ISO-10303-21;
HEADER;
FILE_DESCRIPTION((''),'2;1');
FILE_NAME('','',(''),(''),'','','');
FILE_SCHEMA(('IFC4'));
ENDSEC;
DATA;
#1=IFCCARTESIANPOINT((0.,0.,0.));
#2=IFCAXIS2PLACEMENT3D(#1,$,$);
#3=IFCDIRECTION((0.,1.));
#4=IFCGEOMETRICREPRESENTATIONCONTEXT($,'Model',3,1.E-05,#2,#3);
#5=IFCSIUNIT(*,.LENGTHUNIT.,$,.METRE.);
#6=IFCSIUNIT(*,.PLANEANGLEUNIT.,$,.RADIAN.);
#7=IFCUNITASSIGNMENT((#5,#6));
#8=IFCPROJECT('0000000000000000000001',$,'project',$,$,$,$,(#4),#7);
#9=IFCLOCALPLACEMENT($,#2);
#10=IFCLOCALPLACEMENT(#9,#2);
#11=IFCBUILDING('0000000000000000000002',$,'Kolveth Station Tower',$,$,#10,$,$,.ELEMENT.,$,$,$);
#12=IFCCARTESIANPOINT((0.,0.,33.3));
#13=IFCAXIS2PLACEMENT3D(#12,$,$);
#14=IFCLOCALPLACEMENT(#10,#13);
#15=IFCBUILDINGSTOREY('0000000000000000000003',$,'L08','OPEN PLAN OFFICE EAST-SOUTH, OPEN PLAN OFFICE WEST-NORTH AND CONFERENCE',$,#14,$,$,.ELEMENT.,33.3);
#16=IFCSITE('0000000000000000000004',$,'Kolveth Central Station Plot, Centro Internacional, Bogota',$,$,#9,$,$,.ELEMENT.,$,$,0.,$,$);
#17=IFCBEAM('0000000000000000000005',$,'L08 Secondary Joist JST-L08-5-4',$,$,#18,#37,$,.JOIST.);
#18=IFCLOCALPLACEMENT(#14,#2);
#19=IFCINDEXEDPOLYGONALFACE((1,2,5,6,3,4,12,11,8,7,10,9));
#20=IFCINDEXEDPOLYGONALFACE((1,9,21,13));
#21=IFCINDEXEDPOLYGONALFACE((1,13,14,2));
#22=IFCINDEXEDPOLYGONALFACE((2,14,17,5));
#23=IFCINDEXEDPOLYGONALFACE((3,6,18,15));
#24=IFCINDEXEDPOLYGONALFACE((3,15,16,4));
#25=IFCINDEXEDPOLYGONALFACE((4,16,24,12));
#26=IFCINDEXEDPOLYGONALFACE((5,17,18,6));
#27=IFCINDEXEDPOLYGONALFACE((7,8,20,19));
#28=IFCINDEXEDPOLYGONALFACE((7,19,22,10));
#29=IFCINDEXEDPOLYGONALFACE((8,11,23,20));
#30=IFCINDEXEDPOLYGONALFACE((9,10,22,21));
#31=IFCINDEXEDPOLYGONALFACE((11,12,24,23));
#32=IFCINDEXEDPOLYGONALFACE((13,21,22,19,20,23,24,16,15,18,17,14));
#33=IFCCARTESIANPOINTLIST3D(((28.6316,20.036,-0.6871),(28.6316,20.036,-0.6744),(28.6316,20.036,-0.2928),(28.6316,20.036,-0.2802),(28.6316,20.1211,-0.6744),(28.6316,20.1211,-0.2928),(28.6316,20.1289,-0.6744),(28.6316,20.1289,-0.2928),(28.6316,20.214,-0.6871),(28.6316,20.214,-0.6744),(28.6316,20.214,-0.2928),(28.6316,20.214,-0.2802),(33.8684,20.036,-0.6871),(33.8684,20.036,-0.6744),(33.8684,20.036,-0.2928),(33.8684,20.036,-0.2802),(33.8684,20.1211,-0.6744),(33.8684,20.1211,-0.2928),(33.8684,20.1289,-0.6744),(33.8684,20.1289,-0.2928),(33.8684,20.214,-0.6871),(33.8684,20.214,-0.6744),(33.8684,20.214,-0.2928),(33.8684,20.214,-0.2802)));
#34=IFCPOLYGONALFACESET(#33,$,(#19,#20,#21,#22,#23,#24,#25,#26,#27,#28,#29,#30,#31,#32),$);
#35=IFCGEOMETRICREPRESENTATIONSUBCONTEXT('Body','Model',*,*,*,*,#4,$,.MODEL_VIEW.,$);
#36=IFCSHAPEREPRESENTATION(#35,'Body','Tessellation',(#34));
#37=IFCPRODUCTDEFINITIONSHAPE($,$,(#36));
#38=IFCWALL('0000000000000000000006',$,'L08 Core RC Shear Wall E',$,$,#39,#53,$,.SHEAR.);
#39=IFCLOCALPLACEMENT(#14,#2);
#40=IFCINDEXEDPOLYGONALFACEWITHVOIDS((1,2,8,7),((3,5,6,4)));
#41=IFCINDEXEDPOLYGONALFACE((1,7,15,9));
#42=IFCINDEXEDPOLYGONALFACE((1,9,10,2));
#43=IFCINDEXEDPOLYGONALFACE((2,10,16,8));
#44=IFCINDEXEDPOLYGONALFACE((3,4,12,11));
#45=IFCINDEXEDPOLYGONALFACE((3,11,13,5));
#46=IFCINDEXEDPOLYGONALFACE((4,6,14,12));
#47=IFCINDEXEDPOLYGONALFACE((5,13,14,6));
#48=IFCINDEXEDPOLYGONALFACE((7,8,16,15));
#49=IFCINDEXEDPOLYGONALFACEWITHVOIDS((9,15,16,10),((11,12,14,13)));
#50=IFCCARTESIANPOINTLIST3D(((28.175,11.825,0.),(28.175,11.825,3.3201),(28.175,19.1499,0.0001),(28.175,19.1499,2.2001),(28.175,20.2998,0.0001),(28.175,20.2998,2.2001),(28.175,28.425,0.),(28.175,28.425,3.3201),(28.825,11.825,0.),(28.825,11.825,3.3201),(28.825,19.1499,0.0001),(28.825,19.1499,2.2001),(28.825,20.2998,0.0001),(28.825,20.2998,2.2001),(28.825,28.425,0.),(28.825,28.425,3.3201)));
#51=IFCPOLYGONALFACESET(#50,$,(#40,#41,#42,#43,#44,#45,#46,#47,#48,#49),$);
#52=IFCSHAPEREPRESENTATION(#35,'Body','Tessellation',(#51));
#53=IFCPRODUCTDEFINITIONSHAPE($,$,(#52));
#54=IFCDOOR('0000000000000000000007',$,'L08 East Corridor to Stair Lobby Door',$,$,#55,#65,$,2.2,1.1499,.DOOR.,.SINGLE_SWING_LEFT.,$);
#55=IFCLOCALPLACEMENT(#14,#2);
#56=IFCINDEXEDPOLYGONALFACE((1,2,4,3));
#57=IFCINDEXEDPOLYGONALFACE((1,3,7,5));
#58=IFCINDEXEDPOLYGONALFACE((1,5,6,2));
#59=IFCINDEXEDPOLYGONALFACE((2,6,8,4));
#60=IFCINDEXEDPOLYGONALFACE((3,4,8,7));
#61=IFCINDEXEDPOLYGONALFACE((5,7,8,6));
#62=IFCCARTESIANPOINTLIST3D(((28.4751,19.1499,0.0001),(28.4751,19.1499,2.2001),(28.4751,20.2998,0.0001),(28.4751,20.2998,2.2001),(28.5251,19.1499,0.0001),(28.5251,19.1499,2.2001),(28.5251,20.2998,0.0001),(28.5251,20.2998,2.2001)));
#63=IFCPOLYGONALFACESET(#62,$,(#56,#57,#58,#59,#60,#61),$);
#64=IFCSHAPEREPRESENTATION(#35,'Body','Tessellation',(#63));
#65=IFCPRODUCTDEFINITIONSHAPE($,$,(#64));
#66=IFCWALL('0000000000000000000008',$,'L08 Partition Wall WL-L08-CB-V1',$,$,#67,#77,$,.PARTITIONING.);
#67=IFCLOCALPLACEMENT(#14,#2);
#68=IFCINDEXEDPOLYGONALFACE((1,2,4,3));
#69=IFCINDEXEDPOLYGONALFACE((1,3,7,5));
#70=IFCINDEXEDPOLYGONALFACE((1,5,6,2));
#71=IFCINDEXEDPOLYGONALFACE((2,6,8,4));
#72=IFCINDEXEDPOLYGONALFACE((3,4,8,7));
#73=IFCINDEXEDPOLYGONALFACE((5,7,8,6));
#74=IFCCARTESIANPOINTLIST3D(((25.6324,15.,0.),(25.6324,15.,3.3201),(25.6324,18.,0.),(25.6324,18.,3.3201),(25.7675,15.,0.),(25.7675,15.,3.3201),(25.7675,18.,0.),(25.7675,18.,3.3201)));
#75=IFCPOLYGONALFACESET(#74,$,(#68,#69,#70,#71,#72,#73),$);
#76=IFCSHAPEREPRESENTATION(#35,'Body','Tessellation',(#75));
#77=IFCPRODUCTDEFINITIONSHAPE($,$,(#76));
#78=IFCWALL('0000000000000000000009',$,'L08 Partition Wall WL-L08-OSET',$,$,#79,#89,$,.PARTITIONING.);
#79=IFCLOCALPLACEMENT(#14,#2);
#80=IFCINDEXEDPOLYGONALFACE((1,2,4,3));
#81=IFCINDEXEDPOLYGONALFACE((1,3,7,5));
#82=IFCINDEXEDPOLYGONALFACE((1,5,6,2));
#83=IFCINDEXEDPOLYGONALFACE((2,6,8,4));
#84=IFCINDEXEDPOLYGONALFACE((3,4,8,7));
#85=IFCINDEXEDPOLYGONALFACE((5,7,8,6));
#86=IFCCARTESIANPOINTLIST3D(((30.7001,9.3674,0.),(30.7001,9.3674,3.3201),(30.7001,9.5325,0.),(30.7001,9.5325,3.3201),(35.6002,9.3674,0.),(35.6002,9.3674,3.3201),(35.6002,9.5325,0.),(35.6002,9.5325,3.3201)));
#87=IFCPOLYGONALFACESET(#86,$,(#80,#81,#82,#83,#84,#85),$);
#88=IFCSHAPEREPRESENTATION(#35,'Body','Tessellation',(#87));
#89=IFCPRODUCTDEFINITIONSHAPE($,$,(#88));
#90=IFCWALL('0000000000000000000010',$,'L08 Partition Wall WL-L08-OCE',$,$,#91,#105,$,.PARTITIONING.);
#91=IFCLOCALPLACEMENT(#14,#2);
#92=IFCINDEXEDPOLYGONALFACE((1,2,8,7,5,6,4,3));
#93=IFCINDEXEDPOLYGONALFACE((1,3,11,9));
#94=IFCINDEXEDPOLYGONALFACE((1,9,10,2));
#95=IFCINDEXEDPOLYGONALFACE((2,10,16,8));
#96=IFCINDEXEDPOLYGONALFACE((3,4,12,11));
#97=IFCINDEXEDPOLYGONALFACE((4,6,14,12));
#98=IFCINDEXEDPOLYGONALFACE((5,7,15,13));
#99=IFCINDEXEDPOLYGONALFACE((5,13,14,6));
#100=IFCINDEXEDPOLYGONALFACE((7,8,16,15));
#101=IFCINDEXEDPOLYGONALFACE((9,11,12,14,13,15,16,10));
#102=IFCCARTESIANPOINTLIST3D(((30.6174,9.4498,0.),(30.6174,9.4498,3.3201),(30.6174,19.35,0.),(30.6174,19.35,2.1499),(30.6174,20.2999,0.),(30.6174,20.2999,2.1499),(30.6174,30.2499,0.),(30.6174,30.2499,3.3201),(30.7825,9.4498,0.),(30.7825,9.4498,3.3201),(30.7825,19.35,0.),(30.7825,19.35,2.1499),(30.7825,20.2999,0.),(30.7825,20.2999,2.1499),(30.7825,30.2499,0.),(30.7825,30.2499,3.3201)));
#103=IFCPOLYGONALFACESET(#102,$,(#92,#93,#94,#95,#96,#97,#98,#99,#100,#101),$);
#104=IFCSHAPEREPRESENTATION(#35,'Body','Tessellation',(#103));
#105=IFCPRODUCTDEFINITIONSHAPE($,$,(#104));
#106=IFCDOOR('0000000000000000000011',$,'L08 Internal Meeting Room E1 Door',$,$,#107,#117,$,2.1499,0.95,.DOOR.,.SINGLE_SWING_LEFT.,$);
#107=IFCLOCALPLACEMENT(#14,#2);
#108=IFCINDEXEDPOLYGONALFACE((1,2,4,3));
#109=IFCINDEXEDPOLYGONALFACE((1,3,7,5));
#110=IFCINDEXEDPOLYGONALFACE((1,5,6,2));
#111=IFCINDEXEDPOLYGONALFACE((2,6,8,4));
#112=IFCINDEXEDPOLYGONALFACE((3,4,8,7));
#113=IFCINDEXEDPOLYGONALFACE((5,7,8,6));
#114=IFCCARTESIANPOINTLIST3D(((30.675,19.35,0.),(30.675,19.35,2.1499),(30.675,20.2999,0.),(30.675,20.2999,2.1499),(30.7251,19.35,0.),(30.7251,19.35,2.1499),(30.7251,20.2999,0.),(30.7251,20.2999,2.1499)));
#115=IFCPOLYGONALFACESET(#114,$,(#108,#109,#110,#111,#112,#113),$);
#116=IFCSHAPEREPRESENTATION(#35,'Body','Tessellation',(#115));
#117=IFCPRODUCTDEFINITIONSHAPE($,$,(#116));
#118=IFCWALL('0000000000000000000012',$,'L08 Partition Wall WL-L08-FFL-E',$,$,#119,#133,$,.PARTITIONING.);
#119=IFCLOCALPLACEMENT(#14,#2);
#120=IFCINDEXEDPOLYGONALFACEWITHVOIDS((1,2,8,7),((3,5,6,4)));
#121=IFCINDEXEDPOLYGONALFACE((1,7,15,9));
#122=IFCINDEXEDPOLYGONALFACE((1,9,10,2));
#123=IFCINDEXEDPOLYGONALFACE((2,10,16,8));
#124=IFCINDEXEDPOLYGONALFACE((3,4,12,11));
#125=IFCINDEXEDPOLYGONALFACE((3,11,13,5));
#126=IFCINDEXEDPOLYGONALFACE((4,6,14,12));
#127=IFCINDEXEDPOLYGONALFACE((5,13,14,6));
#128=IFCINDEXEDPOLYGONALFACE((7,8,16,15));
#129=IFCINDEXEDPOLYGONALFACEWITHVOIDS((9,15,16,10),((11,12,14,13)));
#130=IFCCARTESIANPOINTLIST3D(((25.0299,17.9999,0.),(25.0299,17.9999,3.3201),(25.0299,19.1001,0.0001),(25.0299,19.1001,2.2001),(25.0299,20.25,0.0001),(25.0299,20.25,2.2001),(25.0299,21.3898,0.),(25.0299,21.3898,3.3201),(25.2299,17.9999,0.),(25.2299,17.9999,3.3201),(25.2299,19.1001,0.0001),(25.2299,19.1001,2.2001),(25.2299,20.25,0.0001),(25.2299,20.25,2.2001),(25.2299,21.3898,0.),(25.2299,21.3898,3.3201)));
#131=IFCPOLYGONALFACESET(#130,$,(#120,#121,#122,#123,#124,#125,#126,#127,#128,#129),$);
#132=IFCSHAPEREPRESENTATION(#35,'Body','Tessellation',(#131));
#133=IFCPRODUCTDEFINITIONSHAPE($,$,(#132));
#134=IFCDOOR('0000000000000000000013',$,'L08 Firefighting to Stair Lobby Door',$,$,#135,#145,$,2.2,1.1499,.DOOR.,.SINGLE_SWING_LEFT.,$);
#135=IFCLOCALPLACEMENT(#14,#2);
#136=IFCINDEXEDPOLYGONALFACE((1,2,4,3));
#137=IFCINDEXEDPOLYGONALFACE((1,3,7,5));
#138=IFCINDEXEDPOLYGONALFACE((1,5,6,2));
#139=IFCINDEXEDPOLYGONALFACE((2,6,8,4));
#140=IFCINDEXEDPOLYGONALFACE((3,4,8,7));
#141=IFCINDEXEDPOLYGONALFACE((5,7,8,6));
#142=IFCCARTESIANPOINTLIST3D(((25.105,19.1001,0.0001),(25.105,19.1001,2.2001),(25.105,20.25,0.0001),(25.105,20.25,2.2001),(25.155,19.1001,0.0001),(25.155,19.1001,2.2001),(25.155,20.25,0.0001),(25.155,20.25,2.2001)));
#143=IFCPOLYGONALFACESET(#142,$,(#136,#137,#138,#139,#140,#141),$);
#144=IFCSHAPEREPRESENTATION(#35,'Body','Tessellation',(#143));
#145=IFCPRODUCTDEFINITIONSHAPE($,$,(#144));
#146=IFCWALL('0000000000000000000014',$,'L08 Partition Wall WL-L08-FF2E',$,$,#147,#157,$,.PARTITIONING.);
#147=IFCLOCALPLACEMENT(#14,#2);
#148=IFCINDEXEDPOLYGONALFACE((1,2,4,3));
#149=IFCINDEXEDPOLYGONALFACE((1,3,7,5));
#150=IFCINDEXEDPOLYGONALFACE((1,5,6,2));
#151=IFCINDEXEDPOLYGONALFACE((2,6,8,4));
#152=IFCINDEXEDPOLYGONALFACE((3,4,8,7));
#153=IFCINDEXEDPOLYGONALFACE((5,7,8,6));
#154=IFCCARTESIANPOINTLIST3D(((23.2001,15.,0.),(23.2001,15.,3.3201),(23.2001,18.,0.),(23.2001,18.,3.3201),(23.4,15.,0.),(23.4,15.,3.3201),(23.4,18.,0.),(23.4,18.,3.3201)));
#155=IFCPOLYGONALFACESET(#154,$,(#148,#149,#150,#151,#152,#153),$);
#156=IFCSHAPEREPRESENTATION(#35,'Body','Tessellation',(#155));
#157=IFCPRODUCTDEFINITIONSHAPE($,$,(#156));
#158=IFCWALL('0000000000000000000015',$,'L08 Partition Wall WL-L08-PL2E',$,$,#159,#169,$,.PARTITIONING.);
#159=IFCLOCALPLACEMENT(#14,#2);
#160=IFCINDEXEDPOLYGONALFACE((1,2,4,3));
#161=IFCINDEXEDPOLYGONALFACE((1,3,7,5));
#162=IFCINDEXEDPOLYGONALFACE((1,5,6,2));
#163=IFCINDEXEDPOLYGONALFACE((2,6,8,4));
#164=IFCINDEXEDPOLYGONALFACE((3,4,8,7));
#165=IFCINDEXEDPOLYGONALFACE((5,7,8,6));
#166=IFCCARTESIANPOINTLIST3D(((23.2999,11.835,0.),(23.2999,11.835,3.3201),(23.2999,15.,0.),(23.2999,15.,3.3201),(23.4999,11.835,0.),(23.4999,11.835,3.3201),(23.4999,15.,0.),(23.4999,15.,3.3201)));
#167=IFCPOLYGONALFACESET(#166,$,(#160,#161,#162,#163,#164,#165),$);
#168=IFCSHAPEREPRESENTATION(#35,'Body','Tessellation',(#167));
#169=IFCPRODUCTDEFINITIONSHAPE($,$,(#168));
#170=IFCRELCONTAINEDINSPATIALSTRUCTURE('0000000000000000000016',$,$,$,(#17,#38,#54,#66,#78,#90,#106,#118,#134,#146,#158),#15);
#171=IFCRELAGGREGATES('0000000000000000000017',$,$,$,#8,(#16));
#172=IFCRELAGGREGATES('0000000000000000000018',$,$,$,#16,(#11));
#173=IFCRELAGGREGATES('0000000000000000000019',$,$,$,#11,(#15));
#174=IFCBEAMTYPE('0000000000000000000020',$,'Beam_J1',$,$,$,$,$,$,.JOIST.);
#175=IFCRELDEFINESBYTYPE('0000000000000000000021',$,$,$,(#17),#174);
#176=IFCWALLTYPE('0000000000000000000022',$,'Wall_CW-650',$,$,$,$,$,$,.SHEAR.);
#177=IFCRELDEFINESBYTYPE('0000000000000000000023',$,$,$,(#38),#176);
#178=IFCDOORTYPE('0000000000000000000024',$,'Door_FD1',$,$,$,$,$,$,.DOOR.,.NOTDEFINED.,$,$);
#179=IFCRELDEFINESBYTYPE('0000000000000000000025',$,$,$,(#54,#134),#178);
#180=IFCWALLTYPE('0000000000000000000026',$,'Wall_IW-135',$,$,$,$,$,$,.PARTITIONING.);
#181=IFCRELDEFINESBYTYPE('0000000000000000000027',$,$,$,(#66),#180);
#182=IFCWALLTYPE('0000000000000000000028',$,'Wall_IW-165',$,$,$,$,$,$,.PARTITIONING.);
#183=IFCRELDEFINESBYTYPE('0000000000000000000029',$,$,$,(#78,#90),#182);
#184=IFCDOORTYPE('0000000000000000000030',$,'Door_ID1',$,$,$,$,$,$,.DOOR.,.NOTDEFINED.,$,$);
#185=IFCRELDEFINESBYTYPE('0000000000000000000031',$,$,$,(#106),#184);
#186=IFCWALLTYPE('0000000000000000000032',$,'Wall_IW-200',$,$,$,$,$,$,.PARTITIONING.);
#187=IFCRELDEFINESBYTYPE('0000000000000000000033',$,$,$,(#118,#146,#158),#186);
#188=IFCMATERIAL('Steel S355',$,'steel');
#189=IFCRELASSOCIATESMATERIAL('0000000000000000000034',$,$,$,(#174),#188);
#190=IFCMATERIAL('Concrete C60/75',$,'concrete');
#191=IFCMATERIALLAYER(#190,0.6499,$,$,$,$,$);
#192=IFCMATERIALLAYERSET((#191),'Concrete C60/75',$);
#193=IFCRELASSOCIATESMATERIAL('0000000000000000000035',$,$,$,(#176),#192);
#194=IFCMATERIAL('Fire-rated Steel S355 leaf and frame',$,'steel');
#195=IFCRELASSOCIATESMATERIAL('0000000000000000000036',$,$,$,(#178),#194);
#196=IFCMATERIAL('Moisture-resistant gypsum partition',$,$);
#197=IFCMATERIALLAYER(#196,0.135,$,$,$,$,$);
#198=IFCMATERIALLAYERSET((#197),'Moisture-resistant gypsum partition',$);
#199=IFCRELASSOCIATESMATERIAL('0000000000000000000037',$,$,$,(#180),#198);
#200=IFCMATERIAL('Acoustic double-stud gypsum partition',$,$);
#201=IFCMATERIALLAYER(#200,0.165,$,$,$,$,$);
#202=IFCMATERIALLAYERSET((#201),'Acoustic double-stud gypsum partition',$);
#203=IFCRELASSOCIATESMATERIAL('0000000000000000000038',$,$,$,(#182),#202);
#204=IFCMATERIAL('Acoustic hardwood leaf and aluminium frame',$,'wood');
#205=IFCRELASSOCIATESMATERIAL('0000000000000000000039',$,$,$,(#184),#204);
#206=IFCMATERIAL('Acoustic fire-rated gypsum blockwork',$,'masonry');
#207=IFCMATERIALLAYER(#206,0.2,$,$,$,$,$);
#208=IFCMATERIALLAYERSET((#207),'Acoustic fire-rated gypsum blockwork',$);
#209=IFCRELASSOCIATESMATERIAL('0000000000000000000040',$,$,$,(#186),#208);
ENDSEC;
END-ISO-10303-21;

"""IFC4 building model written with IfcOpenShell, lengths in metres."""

from ifc_helpers import new_model, si_unit, direction, frame, frame_2d, origin, origin_2d, place, context, subcontext, project, spatial, rectangle, i_section, extrude, source, transform, mapped, material, layer, layer_set, material_profile, profile_set, type_object, element, fill, save


model = new_model("IFC4")

# Units and contexts
model_context = context("Model", 3, precision=1e-05, world=origin(), true_north=direction((0.0, 1.0)))
body_context = subcontext(model_context, "Body", "Model", "MODEL_VIEW")
ifc_project = project(units=[si_unit("LENGTHUNIT", "METRE"), si_unit("PLANEANGLEUNIT", "RADIAN")], contexts=[model_context])

# Site, building, storey
site_placement = place(None, origin())
site = spatial("IfcSite", under=ifc_project, at=site_placement, Name="Kolveth Central Station Plot, Centro Internacional, Bogota", CompositionType="ELEMENT", RefElevation=0.0)
building_placement = place(site_placement, origin())
building = spatial("IfcBuilding", under=site, at=building_placement, Name="Kolveth Station Tower", CompositionType="ELEMENT")
storey_placement = place(building_placement, frame((0.0, 0.0, 33.3)))
storey = spatial("IfcBuildingStorey", under=building, at=storey_placement, Name="L08", Description="OPEN PLAN OFFICE EAST-SOUTH, OPEN PLAN OFFICE WEST-NORTH AND CONFERENCE", CompositionType="ELEMENT", Elevation=33.3)

# Beam
ifc_material_1 = material(Name="Steel S355", Category="steel")
ifc_material_profile_1 = material_profile(ifc_material_1, i_section(OverallWidth=0.178, OverallDepth=0.407, WebThickness=0.0078, FlangeThickness=0.0127, at=origin_2d()), Name="W410x60")
ifc_profile_set_1 = profile_set([ifc_material_profile_1], Name="Steel S355")
beam_type_1 = type_object("IfcBeamType", Name="Beam_J1", PredefinedType="JOIST", material=ifc_profile_set_1)
shared_shape_1 = source(origin(), body_context, "Body", "SweptSolid", [
    extrude(i_section(OverallWidth=0.178, OverallDepth=0.407, WebThickness=0.0078, FlangeThickness=0.0127, at=origin_2d()), origin(), (0.0, 0.0, 1.0), 5.2368),
])
for number, where, z_axis, x_axis, name in (
    (1, (28.6316, 20.125, -0.4836), (1.0, 0.0, 0.0), (0.0, 1.0, 0.0), "L08 Secondary Joist JST-L08-5-4"),
):
    element("IfcBeam", number, at=place(storey_placement, frame(where, z_axis=z_axis, x_axis=x_axis)), inside=storey, type_object=beam_type_1, Name=name, PredefinedType="JOIST", context=body_context, shape_type="MappedRepresentation", body=[
        mapped(shared_shape_1, transform((0.0, 0.0, 0.0), x_axis=(1.0, 0.0, 0.0), y_axis=(0.0, 1.0, 0.0), z_axis=(0.0, 0.0, 1.0), scale=1.0)),
    ])

# Wall, opening, door
ifc_material_2 = material(Name="Concrete C60/75", Category="concrete")
ifc_layer_1 = layer(ifc_material_2, 0.6499)
ifc_layer_set_1 = layer_set([ifc_layer_1], Name="Concrete C60/75")
wall_type_1 = type_object("IfcWallType", Name="Wall_CW-650", PredefinedType="SHEAR", material=ifc_layer_set_1)
wall_1_placement = place(storey_placement, frame((28.5, 11.825, 0.0), z_axis=(0.0, 0.0, 1.0), x_axis=(0.0, 1.0, 0.0)))
wall_1 = element("IfcWall", 2, at=wall_1_placement, inside=storey, type_object=wall_type_1, Name="L08 Core RC Shear Wall E", PredefinedType="SHEAR", context=body_context, shape_type="SweptSolid", body=[
    extrude(rectangle(XDim=16.6001, YDim=0.6499, at=frame_2d((8.3, 0.0))), origin(), (0.0, 0.0, 1.0), 3.3201),
])
opening_1_placement = place(wall_1_placement, frame((7.325, 0.0, 0.0)))
opening_1 = element("IfcOpeningElement", 3, at=opening_1_placement, cuts=wall_1, PredefinedType="OPENING", context=body_context, shape_type="SweptSolid", body=[
    extrude(rectangle(XDim=1.1499, YDim=2.2, at=frame_2d((0.575, 1.1001))), frame((0.0, 0.335, 0.0), z_axis=(0.0, -1.0, 0.0), x_axis=(1.0, 0.0, 0.0)), (0.0, 0.0, 1.0), 0.6699),
])
ifc_material_3 = material(Name="Fire-rated Steel S355 leaf and frame", Category="steel")
door_type_1 = type_object("IfcDoorType", Name="Door_FD1", OperationType="NOTDEFINED", PredefinedType="DOOR", material=ifc_material_3)
door_1_placement = place(opening_1_placement, origin())
door_1 = element("IfcDoor", 4, at=door_1_placement, inside=storey, type_object=door_type_1, Name="L08 East Corridor to Stair Lobby Door", OperationType="SINGLE_SWING_LEFT", OverallHeight=2.2, OverallWidth=1.1499, PredefinedType="DOOR", context=body_context, shape_type="SweptSolid", body=[
    extrude(rectangle(XDim=1.1499, YDim=2.2, at=frame_2d((0.575, 1.1001))), frame((0.0, 0.0249, 0.0), z_axis=(0.0, -1.0, 0.0), x_axis=(1.0, 0.0, 0.0)), (0.0, 0.0, 1.0), 0.05),
])
fill(opening_1, door_1)

# Walls
ifc_material_4 = material(Name="Moisture-resistant gypsum partition")
ifc_layer_2 = layer(ifc_material_4, 0.135)
ifc_layer_set_2 = layer_set([ifc_layer_2], Name="Moisture-resistant gypsum partition")
wall_type_2 = type_object("IfcWallType", Name="Wall_IW-135", PredefinedType="PARTITIONING", material=ifc_layer_set_2)
wall_2_placement = place(storey_placement, frame((25.7, 15.0, 0.0), z_axis=(0.0, 0.0, 1.0), x_axis=(0.0, 1.0, 0.0)))
element("IfcWall", 5, at=wall_2_placement, inside=storey, type_object=wall_type_2, Name="L08 Partition Wall WL-L08-CB-V1", PredefinedType="PARTITIONING", context=body_context, shape_type="SweptSolid", body=[
    extrude(rectangle(XDim=3.0, YDim=0.135, at=frame_2d((1.5, 0.0))), origin(), (0.0, 0.0, 1.0), 3.3201),
])
ifc_material_5 = material(Name="Acoustic double-stud gypsum partition")
ifc_layer_3 = layer(ifc_material_5, 0.165)
ifc_layer_set_3 = layer_set([ifc_layer_3], Name="Acoustic double-stud gypsum partition")
wall_type_3 = type_object("IfcWallType", Name="Wall_IW-165", PredefinedType="PARTITIONING", material=ifc_layer_set_3)
wall_3_placement = place(storey_placement, frame((30.7, 9.45, 0.0), z_axis=(0.0, 0.0, 1.0), x_axis=(1.0, 0.0, 0.0)))
element("IfcWall", 6, at=wall_3_placement, inside=storey, type_object=wall_type_3, Name="L08 Partition Wall WL-L08-OSET", PredefinedType="PARTITIONING", context=body_context, shape_type="SweptSolid", body=[
    extrude(rectangle(XDim=4.9001, YDim=0.165, at=frame_2d((2.4502, 0.0))), origin(), (0.0, 0.0, 1.0), 3.3201),
])

# Walls, openings, doors
wall_4_placement = place(storey_placement, frame((30.7, 9.45, 0.0), z_axis=(0.0, 0.0, 1.0), x_axis=(0.0, 1.0, 0.0)))
wall_4 = element("IfcWall", 7, at=wall_4_placement, inside=storey, type_object=wall_type_3, Name="L08 Partition Wall WL-L08-OCE", PredefinedType="PARTITIONING", context=body_context, shape_type="SweptSolid", body=[
    extrude(rectangle(XDim=20.8, YDim=0.165, at=frame_2d((10.3999, 0.0))), origin(), (0.0, 0.0, 1.0), 3.3201),
])
opening_2_placement = place(wall_4_placement, frame((9.8999, 0.0, 0.0)))
opening_2 = element("IfcOpeningElement", 8, at=opening_2_placement, cuts=wall_4, PredefinedType="OPENING", context=body_context, shape_type="SweptSolid", body=[
    extrude(rectangle(XDim=0.95, YDim=2.1499, at=frame_2d((0.4751, 1.075))), frame((0.0, 0.0925, 0.0), z_axis=(0.0, -1.0, 0.0), x_axis=(1.0, 0.0, 0.0)), (0.0, 0.0, 1.0), 0.1851),
])
ifc_material_6 = material(Name="Acoustic hardwood leaf and aluminium frame", Category="wood")
door_type_2 = type_object("IfcDoorType", Name="Door_ID1", OperationType="NOTDEFINED", PredefinedType="DOOR", material=ifc_material_6)
door_2_placement = place(opening_2_placement, origin())
door_2 = element("IfcDoor", 9, at=door_2_placement, inside=storey, type_object=door_type_2, Name="L08 Internal Meeting Room E1 Door", OperationType="SINGLE_SWING_LEFT", OverallHeight=2.1499, OverallWidth=0.95, PredefinedType="DOOR", context=body_context, shape_type="SweptSolid", body=[
    extrude(rectangle(XDim=0.95, YDim=2.1499, at=frame_2d((0.4751, 1.075))), frame((0.0, 0.0249, 0.0), z_axis=(0.0, -1.0, 0.0), x_axis=(1.0, 0.0, 0.0)), (0.0, 0.0, 1.0), 0.05),
])
fill(opening_2, door_2)
ifc_material_7 = material(Name="Acoustic fire-rated gypsum blockwork", Category="masonry")
ifc_layer_4 = layer(ifc_material_7, 0.2)
ifc_layer_set_4 = layer_set([ifc_layer_4], Name="Acoustic fire-rated gypsum blockwork")
wall_type_4 = type_object("IfcWallType", Name="Wall_IW-200", PredefinedType="PARTITIONING", material=ifc_layer_set_4)
wall_5_placement = place(storey_placement, frame((25.1299, 18.0, 0.0), z_axis=(0.0, 0.0, 1.0), x_axis=(0.0, 1.0, 0.0)))
wall_5 = element("IfcWall", 10, at=wall_5_placement, inside=storey, type_object=wall_type_4, Name="L08 Partition Wall WL-L08-FFL-E", PredefinedType="PARTITIONING", context=body_context, shape_type="SweptSolid", body=[
    extrude(rectangle(XDim=3.3899, YDim=0.2, at=frame_2d((1.6948, 0.0))), origin(), (0.0, 0.0, 1.0), 3.3201),
])
opening_3_placement = place(wall_5_placement, frame((1.1001, 0.0, 0.0)))
opening_3 = element("IfcOpeningElement", 11, at=opening_3_placement, cuts=wall_5, PredefinedType="OPENING", context=body_context, shape_type="SweptSolid", body=[
    extrude(rectangle(XDim=1.1499, YDim=2.2, at=frame_2d((0.575, 1.1001))), frame((0.0, 0.1099, 0.0), z_axis=(0.0, -1.0, 0.0), x_axis=(1.0, 0.0, 0.0)), (0.0, 0.0, 1.0), 0.22),
])
door_3_placement = place(opening_3_placement, origin())
door_3 = element("IfcDoor", 12, at=door_3_placement, inside=storey, type_object=door_type_1, Name="L08 Firefighting to Stair Lobby Door", OperationType="SINGLE_SWING_LEFT", OverallHeight=2.2, OverallWidth=1.1499, PredefinedType="DOOR", context=body_context, shape_type="SweptSolid", body=[
    extrude(rectangle(XDim=1.1499, YDim=2.2, at=frame_2d((0.575, 1.1001))), frame((0.0, 0.0249, 0.0), z_axis=(0.0, -1.0, 0.0), x_axis=(1.0, 0.0, 0.0)), (0.0, 0.0, 1.0), 0.05),
])
fill(opening_3, door_3)

# Walls
wall_6_placement = place(storey_placement, frame((23.3, 15.0, 0.0), z_axis=(0.0, 0.0, 1.0), x_axis=(0.0, 1.0, 0.0)))
element("IfcWall", 13, at=wall_6_placement, inside=storey, type_object=wall_type_4, Name="L08 Partition Wall WL-L08-FF2E", PredefinedType="PARTITIONING", context=body_context, shape_type="SweptSolid", body=[
    extrude(rectangle(XDim=3.0, YDim=0.2, at=frame_2d((1.5, 0.0))), origin(), (0.0, 0.0, 1.0), 3.3201),
])
for number, where, z_axis, x_axis, name in (
    (14, (23.3999, 11.835, 0.0), (0.0, 0.0, 1.0), (0.0, 1.0, 0.0), "L08 Partition Wall WL-L08-PL2E"),
):
    element("IfcWall", number, at=place(storey_placement, frame(where, z_axis=z_axis, x_axis=x_axis)), inside=storey, type_object=wall_type_4, Name=name, PredefinedType="PARTITIONING", context=body_context, shape_type="SweptSolid", body=[
        extrude(rectangle(XDim=3.165, YDim=0.2, at=frame_2d((1.5825, 0.0))), origin(), (0.0, 0.0, 1.0), 3.3201),
    ])

save(model, "model.ifc")
